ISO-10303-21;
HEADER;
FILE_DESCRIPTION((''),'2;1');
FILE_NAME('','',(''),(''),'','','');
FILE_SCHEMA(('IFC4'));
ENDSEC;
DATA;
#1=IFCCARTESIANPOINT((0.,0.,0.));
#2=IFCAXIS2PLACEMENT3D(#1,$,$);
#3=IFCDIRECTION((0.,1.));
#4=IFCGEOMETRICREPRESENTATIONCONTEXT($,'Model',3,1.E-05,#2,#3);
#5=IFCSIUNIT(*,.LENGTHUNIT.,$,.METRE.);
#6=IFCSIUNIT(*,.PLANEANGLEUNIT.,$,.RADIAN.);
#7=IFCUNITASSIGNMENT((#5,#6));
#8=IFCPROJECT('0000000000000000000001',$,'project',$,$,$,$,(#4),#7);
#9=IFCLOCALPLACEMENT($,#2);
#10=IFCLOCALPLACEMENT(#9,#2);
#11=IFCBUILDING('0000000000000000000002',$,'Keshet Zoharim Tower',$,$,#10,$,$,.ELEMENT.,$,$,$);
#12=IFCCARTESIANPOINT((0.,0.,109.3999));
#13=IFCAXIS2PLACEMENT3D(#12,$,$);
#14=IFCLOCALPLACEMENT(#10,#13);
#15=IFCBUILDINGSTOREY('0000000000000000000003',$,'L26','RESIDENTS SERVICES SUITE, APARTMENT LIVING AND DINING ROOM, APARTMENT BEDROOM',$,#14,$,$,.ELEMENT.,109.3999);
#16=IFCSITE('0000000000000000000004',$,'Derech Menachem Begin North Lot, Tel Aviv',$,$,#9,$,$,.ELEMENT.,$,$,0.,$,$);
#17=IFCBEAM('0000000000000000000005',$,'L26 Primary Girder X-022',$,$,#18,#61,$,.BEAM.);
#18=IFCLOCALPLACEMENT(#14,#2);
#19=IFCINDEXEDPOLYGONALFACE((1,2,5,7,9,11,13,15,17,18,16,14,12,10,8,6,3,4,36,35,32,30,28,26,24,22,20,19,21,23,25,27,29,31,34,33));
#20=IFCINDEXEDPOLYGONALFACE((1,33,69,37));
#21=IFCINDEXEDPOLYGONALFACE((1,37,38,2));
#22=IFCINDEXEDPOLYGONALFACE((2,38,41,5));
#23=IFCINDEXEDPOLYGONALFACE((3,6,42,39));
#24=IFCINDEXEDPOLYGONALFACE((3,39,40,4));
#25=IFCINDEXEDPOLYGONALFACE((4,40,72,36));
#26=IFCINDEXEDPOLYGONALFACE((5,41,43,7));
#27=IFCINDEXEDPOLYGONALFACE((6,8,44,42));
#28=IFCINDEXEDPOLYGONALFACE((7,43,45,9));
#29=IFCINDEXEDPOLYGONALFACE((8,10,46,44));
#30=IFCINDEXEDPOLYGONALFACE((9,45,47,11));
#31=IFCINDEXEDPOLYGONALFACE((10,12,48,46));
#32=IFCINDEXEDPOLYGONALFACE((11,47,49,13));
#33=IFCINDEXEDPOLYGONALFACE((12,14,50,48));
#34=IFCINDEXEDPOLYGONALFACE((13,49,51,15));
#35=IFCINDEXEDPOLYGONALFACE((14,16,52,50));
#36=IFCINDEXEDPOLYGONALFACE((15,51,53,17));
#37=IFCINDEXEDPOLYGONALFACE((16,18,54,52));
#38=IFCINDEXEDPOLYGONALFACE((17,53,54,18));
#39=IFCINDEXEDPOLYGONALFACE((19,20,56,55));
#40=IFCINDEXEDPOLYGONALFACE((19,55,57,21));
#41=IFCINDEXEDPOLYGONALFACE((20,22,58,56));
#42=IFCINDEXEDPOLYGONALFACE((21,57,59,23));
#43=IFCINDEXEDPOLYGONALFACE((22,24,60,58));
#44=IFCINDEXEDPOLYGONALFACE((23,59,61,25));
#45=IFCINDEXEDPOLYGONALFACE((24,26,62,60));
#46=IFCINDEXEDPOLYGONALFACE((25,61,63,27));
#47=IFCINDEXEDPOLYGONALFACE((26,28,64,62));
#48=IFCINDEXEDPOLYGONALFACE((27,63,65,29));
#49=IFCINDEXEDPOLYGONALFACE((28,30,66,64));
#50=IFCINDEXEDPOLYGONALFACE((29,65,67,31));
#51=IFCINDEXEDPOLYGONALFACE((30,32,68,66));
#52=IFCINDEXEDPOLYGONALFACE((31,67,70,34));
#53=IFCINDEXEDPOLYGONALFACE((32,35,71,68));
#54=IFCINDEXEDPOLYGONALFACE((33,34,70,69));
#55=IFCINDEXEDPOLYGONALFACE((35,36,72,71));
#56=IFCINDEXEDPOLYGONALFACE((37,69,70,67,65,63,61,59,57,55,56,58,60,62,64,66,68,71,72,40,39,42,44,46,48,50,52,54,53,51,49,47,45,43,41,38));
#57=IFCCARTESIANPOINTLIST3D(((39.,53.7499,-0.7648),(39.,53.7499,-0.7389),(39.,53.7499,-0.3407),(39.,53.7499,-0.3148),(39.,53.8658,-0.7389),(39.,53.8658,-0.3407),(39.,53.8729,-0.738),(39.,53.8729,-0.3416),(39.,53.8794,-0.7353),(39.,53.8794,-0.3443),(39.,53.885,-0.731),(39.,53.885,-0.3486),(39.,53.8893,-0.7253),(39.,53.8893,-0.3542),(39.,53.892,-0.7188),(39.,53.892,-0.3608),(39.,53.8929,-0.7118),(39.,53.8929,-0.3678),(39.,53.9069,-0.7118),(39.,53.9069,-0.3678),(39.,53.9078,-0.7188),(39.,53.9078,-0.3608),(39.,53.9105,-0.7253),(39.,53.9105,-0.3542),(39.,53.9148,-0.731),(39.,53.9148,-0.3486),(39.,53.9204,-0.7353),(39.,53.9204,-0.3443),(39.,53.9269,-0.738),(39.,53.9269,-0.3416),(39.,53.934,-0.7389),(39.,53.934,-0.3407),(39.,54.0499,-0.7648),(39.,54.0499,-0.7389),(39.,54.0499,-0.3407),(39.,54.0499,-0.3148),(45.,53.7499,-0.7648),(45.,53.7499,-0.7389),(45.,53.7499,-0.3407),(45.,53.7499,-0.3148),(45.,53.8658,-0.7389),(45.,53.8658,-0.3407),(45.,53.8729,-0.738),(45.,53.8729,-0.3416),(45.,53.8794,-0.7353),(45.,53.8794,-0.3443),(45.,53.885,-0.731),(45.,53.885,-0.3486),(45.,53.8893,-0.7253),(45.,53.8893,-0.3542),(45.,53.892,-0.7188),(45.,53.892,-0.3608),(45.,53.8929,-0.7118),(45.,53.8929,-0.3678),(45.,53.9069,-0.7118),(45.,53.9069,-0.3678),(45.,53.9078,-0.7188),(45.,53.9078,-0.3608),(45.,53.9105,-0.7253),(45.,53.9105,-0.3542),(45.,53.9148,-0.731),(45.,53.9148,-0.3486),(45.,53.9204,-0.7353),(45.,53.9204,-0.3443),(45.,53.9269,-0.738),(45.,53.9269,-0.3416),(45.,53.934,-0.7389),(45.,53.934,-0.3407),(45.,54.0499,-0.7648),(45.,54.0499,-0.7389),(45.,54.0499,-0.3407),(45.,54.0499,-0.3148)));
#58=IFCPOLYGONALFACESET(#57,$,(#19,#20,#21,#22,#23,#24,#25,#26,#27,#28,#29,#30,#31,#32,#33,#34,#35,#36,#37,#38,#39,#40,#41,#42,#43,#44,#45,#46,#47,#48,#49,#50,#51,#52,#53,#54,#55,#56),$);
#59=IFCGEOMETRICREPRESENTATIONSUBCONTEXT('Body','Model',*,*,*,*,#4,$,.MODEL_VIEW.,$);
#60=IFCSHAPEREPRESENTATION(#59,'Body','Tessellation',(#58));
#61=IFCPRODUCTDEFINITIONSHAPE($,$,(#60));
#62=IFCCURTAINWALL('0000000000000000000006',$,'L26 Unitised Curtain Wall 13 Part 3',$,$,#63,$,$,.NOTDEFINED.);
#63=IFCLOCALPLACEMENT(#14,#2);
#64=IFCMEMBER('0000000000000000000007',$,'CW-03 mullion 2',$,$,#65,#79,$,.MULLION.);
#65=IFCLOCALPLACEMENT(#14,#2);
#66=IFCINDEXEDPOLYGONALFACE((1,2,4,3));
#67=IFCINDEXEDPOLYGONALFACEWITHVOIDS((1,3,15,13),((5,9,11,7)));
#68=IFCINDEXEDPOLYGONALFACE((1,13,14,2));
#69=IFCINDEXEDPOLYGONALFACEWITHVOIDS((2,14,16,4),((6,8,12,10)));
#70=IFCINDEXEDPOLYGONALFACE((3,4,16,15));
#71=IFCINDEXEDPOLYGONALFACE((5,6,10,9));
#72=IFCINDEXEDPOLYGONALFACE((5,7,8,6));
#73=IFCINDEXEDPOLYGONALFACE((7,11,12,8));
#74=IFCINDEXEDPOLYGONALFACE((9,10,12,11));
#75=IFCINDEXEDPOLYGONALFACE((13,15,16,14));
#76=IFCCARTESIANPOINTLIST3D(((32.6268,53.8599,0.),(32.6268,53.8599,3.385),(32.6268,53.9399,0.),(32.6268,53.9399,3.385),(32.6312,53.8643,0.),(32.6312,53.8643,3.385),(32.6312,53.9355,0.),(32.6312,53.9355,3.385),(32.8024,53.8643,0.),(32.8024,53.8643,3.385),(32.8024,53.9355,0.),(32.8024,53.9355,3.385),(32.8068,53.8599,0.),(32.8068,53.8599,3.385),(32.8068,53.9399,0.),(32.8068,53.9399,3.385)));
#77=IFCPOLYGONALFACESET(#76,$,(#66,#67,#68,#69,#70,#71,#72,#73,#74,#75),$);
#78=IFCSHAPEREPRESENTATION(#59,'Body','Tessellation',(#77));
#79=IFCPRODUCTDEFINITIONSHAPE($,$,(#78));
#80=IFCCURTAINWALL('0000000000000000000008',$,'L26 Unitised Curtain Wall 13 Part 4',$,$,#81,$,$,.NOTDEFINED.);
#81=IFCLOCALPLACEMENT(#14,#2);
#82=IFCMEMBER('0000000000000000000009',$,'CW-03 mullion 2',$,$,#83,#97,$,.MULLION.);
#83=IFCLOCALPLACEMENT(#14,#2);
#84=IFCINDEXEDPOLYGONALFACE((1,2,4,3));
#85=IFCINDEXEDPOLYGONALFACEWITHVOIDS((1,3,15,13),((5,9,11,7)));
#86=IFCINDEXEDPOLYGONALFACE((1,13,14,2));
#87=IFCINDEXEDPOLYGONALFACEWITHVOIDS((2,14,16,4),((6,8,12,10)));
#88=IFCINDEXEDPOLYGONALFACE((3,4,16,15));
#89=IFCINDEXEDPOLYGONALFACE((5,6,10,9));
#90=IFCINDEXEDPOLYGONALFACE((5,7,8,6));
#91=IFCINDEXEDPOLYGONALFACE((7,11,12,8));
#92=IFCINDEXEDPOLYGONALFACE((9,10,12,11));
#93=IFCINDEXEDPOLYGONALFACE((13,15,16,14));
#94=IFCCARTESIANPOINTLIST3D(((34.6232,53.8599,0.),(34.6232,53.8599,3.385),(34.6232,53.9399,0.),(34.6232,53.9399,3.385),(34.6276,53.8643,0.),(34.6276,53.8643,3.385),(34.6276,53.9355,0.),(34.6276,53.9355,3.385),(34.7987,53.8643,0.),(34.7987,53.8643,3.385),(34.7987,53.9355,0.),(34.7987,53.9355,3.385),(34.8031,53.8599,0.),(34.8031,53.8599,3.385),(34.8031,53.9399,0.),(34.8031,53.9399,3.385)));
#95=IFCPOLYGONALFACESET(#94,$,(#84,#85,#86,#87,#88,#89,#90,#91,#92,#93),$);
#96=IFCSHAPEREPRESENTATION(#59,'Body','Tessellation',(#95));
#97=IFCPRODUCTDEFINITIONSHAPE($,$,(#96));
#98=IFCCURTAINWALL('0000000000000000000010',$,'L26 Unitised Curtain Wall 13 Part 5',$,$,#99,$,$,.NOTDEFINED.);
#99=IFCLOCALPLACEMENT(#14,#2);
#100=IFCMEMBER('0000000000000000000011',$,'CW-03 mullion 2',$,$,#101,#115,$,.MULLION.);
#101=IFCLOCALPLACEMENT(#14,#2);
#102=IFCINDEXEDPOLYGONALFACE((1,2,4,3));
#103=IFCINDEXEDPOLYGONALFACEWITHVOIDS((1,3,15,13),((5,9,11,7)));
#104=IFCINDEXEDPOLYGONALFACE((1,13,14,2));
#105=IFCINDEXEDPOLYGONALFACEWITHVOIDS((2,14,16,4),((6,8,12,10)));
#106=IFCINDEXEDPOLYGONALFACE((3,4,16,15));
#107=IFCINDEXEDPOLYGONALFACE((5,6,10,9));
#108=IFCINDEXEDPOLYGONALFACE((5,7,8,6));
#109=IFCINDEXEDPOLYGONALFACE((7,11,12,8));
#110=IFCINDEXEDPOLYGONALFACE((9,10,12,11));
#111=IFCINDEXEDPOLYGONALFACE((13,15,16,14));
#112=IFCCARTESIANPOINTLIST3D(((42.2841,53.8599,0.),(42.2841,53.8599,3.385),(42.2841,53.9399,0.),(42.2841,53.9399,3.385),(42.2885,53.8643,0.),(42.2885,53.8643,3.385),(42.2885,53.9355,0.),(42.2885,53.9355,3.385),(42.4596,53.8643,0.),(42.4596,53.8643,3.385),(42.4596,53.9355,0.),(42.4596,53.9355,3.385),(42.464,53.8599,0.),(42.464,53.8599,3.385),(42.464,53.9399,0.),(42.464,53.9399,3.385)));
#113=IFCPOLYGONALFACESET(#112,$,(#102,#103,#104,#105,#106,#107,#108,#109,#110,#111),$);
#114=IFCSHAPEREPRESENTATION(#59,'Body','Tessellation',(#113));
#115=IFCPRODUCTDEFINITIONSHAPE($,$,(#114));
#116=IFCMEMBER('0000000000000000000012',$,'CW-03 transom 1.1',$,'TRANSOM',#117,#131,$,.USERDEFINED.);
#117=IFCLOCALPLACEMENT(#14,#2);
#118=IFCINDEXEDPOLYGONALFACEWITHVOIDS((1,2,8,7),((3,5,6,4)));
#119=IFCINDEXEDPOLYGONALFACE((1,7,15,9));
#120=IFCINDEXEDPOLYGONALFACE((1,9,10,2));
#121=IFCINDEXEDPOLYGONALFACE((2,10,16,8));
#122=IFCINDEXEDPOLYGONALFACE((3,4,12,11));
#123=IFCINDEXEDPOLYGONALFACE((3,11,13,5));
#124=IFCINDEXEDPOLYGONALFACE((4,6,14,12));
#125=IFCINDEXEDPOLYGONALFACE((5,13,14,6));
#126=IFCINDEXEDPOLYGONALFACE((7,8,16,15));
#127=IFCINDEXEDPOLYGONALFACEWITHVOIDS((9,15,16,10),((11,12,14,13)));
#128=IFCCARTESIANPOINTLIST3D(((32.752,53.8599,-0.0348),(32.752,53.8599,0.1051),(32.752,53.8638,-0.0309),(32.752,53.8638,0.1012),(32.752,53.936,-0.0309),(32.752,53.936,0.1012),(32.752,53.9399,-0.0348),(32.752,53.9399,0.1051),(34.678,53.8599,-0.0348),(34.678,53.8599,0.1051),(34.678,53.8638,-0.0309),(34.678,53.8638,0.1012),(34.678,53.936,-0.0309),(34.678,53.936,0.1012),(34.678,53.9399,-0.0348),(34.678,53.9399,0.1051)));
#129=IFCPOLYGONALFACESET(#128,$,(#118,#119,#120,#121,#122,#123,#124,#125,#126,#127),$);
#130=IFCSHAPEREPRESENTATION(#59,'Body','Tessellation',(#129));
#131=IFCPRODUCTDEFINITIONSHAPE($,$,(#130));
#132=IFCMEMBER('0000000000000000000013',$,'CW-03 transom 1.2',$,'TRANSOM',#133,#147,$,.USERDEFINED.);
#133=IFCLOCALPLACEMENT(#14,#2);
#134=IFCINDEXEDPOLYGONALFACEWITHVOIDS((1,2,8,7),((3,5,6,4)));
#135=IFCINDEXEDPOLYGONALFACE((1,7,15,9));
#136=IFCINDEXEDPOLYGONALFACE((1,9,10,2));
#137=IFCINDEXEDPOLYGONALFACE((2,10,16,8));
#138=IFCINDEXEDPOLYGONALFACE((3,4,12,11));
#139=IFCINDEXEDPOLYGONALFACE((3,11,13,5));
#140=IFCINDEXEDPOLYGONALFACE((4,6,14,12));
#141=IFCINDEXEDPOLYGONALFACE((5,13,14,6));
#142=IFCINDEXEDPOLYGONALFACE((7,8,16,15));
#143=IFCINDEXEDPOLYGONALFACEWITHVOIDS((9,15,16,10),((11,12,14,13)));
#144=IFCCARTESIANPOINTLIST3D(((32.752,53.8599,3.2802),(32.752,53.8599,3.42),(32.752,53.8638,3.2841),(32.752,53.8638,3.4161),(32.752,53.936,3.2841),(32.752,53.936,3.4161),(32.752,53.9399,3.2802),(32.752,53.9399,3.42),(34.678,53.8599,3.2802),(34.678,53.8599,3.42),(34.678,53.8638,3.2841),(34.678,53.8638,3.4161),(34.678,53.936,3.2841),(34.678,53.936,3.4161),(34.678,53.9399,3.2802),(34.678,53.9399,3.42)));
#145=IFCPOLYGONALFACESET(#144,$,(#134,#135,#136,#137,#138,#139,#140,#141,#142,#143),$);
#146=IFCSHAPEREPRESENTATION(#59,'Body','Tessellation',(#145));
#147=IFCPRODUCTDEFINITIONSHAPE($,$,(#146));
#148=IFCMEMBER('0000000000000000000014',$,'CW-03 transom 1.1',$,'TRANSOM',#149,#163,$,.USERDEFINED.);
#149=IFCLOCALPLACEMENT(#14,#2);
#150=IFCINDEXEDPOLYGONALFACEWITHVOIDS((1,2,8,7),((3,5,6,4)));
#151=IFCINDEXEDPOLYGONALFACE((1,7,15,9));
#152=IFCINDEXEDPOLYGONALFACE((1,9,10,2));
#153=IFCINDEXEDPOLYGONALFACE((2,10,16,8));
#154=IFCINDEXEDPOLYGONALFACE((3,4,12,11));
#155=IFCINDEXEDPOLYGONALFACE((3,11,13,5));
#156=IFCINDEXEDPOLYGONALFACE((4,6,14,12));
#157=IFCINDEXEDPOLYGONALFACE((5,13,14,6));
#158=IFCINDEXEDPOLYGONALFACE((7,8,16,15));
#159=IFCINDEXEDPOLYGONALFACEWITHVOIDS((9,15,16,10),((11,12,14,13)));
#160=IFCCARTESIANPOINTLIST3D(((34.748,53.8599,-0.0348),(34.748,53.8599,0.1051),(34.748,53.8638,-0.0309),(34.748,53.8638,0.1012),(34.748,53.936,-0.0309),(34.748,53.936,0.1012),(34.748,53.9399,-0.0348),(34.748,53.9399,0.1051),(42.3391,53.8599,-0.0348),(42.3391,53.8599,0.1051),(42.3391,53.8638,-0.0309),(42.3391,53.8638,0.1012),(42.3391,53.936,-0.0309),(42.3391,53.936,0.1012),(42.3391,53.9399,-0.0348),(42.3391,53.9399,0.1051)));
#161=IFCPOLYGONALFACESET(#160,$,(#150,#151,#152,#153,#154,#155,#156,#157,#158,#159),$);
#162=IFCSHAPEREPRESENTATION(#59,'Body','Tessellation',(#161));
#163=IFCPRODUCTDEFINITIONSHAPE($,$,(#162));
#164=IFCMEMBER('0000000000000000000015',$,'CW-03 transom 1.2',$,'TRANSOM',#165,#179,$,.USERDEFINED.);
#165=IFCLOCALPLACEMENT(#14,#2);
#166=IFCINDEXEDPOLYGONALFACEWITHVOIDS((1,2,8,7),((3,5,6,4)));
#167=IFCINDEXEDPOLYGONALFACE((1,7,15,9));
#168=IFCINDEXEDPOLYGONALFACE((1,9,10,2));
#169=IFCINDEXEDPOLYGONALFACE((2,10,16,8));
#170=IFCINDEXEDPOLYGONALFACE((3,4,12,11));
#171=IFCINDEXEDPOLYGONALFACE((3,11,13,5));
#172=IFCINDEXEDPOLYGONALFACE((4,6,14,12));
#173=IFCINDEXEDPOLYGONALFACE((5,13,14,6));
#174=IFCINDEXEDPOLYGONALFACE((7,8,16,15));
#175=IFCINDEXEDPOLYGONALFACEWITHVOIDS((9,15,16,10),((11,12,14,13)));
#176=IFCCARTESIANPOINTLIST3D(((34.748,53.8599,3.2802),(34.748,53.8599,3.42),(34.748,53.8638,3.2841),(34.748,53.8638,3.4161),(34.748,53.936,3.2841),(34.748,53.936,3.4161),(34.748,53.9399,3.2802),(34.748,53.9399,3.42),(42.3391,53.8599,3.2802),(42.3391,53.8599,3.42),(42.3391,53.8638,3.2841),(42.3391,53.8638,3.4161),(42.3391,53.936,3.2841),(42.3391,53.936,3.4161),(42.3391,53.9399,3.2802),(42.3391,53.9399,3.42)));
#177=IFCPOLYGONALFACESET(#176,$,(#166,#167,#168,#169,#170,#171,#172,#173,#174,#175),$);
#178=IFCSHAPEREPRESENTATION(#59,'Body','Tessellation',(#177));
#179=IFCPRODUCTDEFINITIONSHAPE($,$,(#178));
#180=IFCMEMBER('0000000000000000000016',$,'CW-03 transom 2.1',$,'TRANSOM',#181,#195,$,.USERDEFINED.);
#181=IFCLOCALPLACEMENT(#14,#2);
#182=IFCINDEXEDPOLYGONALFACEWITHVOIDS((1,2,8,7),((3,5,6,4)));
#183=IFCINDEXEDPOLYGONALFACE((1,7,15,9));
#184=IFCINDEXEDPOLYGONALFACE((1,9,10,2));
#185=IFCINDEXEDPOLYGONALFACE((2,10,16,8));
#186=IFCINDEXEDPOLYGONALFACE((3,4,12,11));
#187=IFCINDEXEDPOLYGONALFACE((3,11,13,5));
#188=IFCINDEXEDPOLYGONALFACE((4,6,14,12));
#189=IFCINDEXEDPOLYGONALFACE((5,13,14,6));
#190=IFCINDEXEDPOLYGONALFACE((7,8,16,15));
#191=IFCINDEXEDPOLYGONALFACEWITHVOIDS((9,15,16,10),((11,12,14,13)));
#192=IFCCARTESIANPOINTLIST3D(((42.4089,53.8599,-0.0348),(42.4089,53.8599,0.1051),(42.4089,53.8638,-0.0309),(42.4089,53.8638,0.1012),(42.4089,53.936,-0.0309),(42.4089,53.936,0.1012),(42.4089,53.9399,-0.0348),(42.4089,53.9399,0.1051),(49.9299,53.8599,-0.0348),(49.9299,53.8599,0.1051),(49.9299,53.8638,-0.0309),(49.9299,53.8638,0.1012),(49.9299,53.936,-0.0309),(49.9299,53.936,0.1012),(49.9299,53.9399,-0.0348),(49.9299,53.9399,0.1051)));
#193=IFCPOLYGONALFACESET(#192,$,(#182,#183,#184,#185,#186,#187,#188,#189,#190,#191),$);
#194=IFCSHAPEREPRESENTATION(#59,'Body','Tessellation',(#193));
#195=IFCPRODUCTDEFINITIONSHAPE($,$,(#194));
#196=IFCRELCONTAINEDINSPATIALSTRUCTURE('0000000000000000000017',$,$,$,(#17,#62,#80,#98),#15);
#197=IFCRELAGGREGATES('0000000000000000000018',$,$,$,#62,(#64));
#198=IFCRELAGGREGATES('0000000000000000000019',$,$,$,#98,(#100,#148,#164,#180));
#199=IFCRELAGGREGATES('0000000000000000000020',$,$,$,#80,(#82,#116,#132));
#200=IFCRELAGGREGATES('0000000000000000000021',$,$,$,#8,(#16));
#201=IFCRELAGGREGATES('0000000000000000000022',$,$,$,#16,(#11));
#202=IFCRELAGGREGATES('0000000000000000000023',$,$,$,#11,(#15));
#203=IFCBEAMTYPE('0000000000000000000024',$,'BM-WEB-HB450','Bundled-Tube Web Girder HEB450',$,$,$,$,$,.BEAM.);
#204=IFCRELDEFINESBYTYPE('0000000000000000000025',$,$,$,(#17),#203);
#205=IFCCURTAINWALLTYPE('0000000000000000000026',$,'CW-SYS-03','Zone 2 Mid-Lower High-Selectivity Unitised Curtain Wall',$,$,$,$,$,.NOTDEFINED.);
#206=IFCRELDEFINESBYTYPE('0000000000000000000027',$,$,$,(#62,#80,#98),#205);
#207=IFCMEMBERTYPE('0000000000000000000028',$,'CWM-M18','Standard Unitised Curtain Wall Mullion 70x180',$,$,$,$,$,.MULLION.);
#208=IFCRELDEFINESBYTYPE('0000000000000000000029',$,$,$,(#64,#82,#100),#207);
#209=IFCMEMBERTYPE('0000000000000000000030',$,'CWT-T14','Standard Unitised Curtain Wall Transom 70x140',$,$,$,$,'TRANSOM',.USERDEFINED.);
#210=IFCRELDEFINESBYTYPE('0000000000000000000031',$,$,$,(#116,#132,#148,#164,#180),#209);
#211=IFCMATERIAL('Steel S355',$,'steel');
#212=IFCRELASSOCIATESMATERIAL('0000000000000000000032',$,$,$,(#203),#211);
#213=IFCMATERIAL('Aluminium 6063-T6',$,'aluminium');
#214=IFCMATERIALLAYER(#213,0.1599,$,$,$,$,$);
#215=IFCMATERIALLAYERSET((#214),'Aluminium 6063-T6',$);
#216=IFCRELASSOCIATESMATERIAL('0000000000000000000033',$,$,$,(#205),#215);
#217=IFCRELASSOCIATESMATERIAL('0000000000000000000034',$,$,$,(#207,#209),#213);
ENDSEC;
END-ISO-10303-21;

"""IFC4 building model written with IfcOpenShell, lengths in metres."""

from ifc_helpers import new_model, si_unit, direction, frame, origin, origin_2d, place, context, subcontext, project, spatial, hollow_rectangle, i_section, extrude, material, layer, layer_set, material_profile, profile_set, type_object, element, aggregate, save


model = new_model("IFC4")

# Units and contexts
model_context = context("Model", 3, precision=1e-05, world=origin(), true_north=direction((0.0, 1.0)))
body_context = subcontext(model_context, "Body", "Model", "MODEL_VIEW")
ifc_project = project(units=[si_unit("LENGTHUNIT", "METRE"), si_unit("PLANEANGLEUNIT", "RADIAN")], contexts=[model_context])

# Site, building, storey
site_placement = place(None, origin())
site = spatial("IfcSite", under=ifc_project, at=site_placement, Name="Derech Menachem Begin North Lot, Tel Aviv", CompositionType="ELEMENT", RefElevation=0.0)
building_placement = place(site_placement, origin())
building = spatial("IfcBuilding", under=site, at=building_placement, Name="Keshet Zoharim Tower", CompositionType="ELEMENT")
storey_placement = place(building_placement, frame((0.0, 0.0, 109.3999)))
storey = spatial("IfcBuildingStorey", under=building, at=storey_placement, Name="L26", Description="RESIDENTS SERVICES SUITE, APARTMENT LIVING AND DINING ROOM, APARTMENT BEDROOM", CompositionType="ELEMENT", Elevation=109.3999)

# Shared definitions
ifc_material_1 = material(Name="Steel S355", Category="steel")

# Beam
ifc_material_profile_1 = material_profile(ifc_material_1, i_section(OverallWidth=0.3, OverallDepth=0.45, WebThickness=0.0139, FlangeThickness=0.0259, FilletRadius=0.0271, at=origin_2d()), Name="HEB450")
ifc_profile_set_1 = profile_set([ifc_material_profile_1], Name="Steel S355")
beam_type = type_object("IfcBeamType", Name="BM-WEB-HB450", Description="Bundled-Tube Web Girder HEB450", PredefinedType="BEAM", material=ifc_profile_set_1)
for number, where, z_axis, x_axis, name in (
    (1, (39.0, 53.8999, -0.5398), (1.0, 0.0, 0.0), (0.0, 1.0, 0.0), "L26 Primary Girder X-022"),
):
    element("IfcBeam", number, at=place(storey_placement, frame(where, z_axis=z_axis, x_axis=x_axis)), inside=storey, type_object=beam_type, Name=name, PredefinedType="BEAM", context=body_context, shape_type="SweptSolid", body=[
        extrude(i_section(OverallWidth=0.3, OverallDepth=0.45, WebThickness=0.0139, FlangeThickness=0.0259, FilletRadius=0.0271, at=origin_2d()), origin(), (0.0, 0.0, 1.0), 6.0),
    ])

# Curtain walls, members
ifc_material_2 = material(Name="Aluminium 6063-T6", Category="aluminium")
ifc_layer_1 = layer(ifc_material_2, 0.1599)
ifc_layer_set_1 = layer_set([ifc_layer_1], Name="Aluminium 6063-T6")
curtain_wall_type = type_object("IfcCurtainWallType", Name="CW-SYS-03", Description="Zone 2 Mid-Lower High-Selectivity Unitised Curtain Wall", PredefinedType="NOTDEFINED", material=ifc_layer_set_1)
curtain_wall_1_placement = place(storey_placement, origin())
curtain_wall_1 = element("IfcCurtainWall", 2, at=curtain_wall_1_placement, inside=storey, type_object=curtain_wall_type, Name="L26 Unitised Curtain Wall 13 Part 3", PredefinedType="NOTDEFINED")
ifc_material_profile_2 = material_profile(ifc_material_2, hollow_rectangle(XDim=0.0801, YDim=0.1799, WallThickness=0.0044, at=origin_2d()), Name="MUL-80x180")
ifc_profile_set_2 = profile_set([ifc_material_profile_2], Name="Aluminium 6063-T6")
member_type_1 = type_object("IfcMemberType", Name="CWM-M18", Description="Standard Unitised Curtain Wall Mullion 70x180", PredefinedType="MULLION", material=ifc_profile_set_2)
member_1_placement = place(storey_placement, frame((32.7168, 53.8999, 0.0), z_axis=(0.0, 0.0, 1.0), x_axis=(0.0, 1.0, 0.0)))
member_1 = element("IfcMember", 3, at=member_1_placement, type_object=member_type_1, Name="CW-03 mullion 2", PredefinedType="MULLION", context=body_context, shape_type="SweptSolid", body=[
    extrude(hollow_rectangle(XDim=0.0801, YDim=0.1799, WallThickness=0.0044, at=origin_2d()), origin(), (0.0, 0.0, 1.0), 3.385),
])
aggregate(curtain_wall_1, [member_1])
curtain_wall_2_placement = place(storey_placement, origin())
curtain_wall_2 = element("IfcCurtainWall", 4, at=curtain_wall_2_placement, inside=storey, type_object=curtain_wall_type, Name="L26 Unitised Curtain Wall 13 Part 4", PredefinedType="NOTDEFINED")
member_2_placement = place(storey_placement, frame((34.7131, 53.8999, 0.0), z_axis=(0.0, 0.0, 1.0), x_axis=(0.0, 1.0, 0.0)))
member_2 = element("IfcMember", 5, at=member_2_placement, type_object=member_type_1, Name="CW-03 mullion 2", PredefinedType="MULLION", context=body_context, shape_type="SweptSolid", body=[
    extrude(hollow_rectangle(XDim=0.0801, YDim=0.1799, WallThickness=0.0044, at=origin_2d()), origin(), (0.0, 0.0, 1.0), 3.385),
])
curtain_wall_3_placement = place(storey_placement, origin())
curtain_wall_3 = element("IfcCurtainWall", 6, at=curtain_wall_3_placement, inside=storey, type_object=curtain_wall_type, Name="L26 Unitised Curtain Wall 13 Part 5", PredefinedType="NOTDEFINED")
member_3_placement = place(storey_placement, frame((42.374, 53.8999, 0.0), z_axis=(0.0, 0.0, 1.0), x_axis=(0.0, 1.0, 0.0)))
member_3 = element("IfcMember", 7, at=member_3_placement, type_object=member_type_1, Name="CW-03 mullion 2", PredefinedType="MULLION", context=body_context, shape_type="SweptSolid", body=[
    extrude(hollow_rectangle(XDim=0.0801, YDim=0.1799, WallThickness=0.0044, at=origin_2d()), origin(), (0.0, 0.0, 1.0), 3.385),
])

# Members
ifc_material_profile_3 = material_profile(ifc_material_2, hollow_rectangle(XDim=0.0801, YDim=0.1399, WallThickness=0.0039, at=origin_2d()), Name="TRN-80x140")
ifc_profile_set_3 = profile_set([ifc_material_profile_3], Name="Aluminium 6063-T6")
member_type_2 = type_object("IfcMemberType", Name="CWT-T14", Description="Standard Unitised Curtain Wall Transom 70x140", ElementType="TRANSOM", PredefinedType="USERDEFINED", material=ifc_profile_set_3)
member_4_placement = place(storey_placement, frame((32.752, 53.8999, 0.0352), z_axis=(1.0, 0.0, 0.0), x_axis=(0.0, 1.0, 0.0)))
member_4 = element("IfcMember", 8, at=member_4_placement, type_object=member_type_2, Name="CW-03 transom 1.1", ObjectType="TRANSOM", PredefinedType="USERDEFINED", context=body_context, shape_type="SweptSolid", body=[
    extrude(hollow_rectangle(XDim=0.0801, YDim=0.1399, WallThickness=0.0039, at=origin_2d()), origin(), (0.0, 0.0, 1.0), 1.926),
])
member_5_placement = place(storey_placement, frame((32.752, 53.8999, 3.3501), z_axis=(1.0, 0.0, 0.0), x_axis=(0.0, 1.0, 0.0)))
member_5 = element("IfcMember", 9, at=member_5_placement, type_object=member_type_2, Name="CW-03 transom 1.2", ObjectType="TRANSOM", PredefinedType="USERDEFINED", context=body_context, shape_type="SweptSolid", body=[
    extrude(hollow_rectangle(XDim=0.0801, YDim=0.1399, WallThickness=0.0039, at=origin_2d()), origin(), (0.0, 0.0, 1.0), 1.926),
])
member_6_placement = place(storey_placement, frame((34.748, 53.8999, 0.0352), z_axis=(1.0, 0.0, 0.0), x_axis=(0.0, 1.0, 0.0)))
member_6 = element("IfcMember", 10, at=member_6_placement, type_object=member_type_2, Name="CW-03 transom 1.1", ObjectType="TRANSOM", PredefinedType="USERDEFINED", context=body_context, shape_type="SweptSolid", body=[
    extrude(hollow_rectangle(XDim=0.0801, YDim=0.1399, WallThickness=0.0039, at=origin_2d()), origin(), (0.0, 0.0, 1.0), 7.5911),
])
member_7_placement = place(storey_placement, frame((34.748, 53.8999, 3.3501), z_axis=(1.0, 0.0, 0.0), x_axis=(0.0, 1.0, 0.0)))
member_7 = element("IfcMember", 11, at=member_7_placement, type_object=member_type_2, Name="CW-03 transom 1.2", ObjectType="TRANSOM", PredefinedType="USERDEFINED", context=body_context, shape_type="SweptSolid", body=[
    extrude(hollow_rectangle(XDim=0.0801, YDim=0.1399, WallThickness=0.0039, at=origin_2d()), origin(), (0.0, 0.0, 1.0), 7.5911),
])
member_8_placement = place(storey_placement, frame((42.4089, 53.8999, 0.0352), z_axis=(1.0, 0.0, 0.0), x_axis=(0.0, 1.0, 0.0)))
member_8 = element("IfcMember", 12, at=member_8_placement, type_object=member_type_2, Name="CW-03 transom 2.1", ObjectType="TRANSOM", PredefinedType="USERDEFINED", context=body_context, shape_type="SweptSolid", body=[
    extrude(hollow_rectangle(XDim=0.0801, YDim=0.1399, WallThickness=0.0039, at=origin_2d()), origin(), (0.0, 0.0, 1.0), 7.521),
])

aggregate(curtain_wall_3, [member_3, member_6, member_7, member_8])
aggregate(curtain_wall_2, [member_2, member_4, member_5])

save(model, "model.ifc")
